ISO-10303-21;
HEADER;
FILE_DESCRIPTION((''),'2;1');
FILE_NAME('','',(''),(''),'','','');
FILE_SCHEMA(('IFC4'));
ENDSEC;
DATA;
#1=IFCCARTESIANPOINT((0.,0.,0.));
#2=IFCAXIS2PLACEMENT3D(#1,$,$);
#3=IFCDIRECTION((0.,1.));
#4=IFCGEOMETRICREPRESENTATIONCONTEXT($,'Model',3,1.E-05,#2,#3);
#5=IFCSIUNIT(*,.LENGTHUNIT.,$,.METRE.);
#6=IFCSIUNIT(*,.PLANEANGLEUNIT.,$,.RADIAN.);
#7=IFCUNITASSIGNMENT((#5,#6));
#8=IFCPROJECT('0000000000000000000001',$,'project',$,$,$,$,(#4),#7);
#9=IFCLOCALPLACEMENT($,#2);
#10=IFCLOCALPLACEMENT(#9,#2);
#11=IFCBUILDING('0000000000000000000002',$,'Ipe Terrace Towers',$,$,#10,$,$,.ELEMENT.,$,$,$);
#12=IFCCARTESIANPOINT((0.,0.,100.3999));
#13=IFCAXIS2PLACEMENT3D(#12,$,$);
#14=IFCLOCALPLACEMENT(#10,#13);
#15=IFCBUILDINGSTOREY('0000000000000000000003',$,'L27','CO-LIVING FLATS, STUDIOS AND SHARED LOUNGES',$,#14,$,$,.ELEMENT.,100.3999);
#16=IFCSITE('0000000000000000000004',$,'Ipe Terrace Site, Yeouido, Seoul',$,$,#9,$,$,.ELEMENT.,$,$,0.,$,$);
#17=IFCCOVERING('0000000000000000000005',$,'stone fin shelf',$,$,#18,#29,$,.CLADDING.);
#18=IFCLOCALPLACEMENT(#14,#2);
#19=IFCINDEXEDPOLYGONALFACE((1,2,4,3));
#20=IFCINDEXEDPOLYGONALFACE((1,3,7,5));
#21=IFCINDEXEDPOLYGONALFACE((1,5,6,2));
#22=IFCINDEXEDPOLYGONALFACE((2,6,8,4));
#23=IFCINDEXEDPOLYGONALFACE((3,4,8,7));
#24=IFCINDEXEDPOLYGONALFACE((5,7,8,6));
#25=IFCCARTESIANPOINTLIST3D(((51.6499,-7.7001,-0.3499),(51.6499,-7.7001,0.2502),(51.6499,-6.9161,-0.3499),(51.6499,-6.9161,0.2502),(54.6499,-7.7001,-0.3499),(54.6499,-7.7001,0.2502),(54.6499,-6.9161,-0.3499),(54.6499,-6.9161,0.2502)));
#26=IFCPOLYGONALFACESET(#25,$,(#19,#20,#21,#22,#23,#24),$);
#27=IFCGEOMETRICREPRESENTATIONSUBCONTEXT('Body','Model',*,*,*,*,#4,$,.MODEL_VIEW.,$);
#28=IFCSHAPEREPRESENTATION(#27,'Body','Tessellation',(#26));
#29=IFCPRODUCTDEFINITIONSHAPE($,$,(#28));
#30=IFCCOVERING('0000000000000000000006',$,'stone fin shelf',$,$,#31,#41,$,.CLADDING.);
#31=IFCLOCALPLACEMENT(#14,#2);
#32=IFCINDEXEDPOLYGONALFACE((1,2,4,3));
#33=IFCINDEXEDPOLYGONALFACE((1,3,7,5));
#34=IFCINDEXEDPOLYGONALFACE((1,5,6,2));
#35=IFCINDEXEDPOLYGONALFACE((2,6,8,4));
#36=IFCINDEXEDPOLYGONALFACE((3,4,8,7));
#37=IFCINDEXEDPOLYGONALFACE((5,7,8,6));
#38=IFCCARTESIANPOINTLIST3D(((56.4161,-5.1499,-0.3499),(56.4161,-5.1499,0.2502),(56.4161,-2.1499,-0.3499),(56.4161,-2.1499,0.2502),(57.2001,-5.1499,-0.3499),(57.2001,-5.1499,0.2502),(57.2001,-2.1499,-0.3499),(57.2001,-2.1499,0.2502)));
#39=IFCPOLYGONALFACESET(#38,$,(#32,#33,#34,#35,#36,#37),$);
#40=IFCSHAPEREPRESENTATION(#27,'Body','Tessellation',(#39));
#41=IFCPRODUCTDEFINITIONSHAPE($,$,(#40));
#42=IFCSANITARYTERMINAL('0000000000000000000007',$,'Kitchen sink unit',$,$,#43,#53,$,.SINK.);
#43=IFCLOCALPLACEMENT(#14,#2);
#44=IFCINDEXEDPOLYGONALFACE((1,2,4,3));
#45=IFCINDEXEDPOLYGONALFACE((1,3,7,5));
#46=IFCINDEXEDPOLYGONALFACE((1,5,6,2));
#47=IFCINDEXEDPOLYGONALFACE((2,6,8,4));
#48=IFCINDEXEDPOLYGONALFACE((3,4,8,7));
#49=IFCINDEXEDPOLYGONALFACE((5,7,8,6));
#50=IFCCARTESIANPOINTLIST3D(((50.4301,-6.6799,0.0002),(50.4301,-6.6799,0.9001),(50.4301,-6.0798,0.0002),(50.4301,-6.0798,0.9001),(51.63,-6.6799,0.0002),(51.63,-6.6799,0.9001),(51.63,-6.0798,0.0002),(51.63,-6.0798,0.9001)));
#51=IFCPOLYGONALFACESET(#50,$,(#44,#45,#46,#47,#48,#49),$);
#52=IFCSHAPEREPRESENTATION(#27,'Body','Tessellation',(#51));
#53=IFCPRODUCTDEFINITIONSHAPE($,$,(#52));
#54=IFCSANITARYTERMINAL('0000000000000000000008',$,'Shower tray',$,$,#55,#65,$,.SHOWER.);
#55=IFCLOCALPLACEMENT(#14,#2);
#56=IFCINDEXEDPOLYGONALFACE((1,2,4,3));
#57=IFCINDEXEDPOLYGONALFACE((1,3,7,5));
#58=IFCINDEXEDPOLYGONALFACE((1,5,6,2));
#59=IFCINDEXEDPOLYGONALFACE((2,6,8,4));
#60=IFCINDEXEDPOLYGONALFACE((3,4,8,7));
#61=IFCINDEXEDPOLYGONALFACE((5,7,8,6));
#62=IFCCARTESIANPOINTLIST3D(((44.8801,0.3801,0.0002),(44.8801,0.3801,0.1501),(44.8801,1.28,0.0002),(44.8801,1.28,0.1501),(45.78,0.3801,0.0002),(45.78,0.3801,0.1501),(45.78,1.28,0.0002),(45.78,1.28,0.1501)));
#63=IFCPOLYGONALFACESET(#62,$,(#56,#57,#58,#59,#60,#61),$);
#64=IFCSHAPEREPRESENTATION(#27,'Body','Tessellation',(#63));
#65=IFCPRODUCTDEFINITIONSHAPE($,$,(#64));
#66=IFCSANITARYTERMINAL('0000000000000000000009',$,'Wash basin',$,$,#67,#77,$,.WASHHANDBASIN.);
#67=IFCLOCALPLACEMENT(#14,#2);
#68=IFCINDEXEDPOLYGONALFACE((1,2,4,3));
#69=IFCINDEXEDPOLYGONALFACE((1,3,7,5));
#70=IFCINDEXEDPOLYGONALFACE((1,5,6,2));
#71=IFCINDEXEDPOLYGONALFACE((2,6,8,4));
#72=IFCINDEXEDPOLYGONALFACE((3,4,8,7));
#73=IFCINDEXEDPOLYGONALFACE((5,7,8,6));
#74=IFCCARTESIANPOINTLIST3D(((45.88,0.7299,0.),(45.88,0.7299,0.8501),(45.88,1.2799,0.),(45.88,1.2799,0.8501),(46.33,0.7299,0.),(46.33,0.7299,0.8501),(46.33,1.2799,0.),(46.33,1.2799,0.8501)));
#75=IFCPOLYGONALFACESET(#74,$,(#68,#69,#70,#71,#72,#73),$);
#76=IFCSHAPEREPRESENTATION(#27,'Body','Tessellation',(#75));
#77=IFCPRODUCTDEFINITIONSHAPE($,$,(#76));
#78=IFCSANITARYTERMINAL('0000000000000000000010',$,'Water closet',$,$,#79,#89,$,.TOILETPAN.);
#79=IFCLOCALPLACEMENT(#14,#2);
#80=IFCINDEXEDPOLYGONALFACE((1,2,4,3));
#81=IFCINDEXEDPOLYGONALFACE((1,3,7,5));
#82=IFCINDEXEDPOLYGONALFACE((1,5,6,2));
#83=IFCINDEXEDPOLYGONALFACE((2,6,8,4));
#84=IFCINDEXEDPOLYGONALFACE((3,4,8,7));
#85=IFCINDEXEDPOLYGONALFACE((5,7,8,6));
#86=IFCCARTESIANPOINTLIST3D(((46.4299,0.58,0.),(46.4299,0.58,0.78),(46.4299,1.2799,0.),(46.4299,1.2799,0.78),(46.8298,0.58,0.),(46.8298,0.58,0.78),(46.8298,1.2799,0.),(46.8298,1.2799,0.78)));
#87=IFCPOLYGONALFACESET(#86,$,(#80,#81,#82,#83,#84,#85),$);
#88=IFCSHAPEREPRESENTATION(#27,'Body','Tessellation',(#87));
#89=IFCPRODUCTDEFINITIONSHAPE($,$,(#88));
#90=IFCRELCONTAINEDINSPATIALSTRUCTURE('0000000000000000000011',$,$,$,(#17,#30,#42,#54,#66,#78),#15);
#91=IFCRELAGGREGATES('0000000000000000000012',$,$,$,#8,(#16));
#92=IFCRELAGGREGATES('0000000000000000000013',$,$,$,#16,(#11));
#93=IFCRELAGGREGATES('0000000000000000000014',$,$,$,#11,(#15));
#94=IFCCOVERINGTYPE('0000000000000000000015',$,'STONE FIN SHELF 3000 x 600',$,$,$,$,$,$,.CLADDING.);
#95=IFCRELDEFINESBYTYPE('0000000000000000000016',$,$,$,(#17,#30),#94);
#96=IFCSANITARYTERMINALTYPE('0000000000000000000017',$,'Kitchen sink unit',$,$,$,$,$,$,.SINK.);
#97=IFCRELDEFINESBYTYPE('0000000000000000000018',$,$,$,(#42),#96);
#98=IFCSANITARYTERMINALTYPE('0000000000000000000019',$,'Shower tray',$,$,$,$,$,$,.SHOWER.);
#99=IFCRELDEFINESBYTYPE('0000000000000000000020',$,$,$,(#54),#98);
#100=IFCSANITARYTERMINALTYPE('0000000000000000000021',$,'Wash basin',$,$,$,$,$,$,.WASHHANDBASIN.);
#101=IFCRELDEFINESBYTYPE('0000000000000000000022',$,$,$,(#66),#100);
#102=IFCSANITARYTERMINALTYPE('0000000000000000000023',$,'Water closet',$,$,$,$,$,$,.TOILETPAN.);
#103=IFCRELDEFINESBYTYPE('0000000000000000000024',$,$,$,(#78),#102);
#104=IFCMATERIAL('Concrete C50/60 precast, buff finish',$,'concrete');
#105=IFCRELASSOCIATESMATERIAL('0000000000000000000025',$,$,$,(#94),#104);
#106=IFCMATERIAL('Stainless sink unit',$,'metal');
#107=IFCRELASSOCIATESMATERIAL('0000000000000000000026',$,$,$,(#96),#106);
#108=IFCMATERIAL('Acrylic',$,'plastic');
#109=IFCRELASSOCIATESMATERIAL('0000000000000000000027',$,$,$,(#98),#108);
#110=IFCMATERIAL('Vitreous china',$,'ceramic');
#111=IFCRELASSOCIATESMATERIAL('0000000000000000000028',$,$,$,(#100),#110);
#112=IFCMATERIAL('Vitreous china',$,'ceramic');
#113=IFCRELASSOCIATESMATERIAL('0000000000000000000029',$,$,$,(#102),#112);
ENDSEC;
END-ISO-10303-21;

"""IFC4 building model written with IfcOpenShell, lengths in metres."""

from ifc_helpers import new_model, si_unit, direction, frame, origin, origin_2d, place, context, subcontext, project, spatial, rectangle, extrude, material, type_object, element, save


model = new_model("IFC4")

# Units and contexts
model_context = context("Model", 3, precision=1e-05, world=origin(), true_north=direction((0.0, 1.0)))
body_context = subcontext(model_context, "Body", "Model", "MODEL_VIEW")
ifc_project = project(units=[si_unit("LENGTHUNIT", "METRE"), si_unit("PLANEANGLEUNIT", "RADIAN")], contexts=[model_context])

# Site, building, storey
site_placement = place(None, origin())
site = spatial("IfcSite", under=ifc_project, at=site_placement, Name="Ipe Terrace Site, Yeouido, Seoul", CompositionType="ELEMENT", RefElevation=0.0)
building_placement = place(site_placement, origin())
building = spatial("IfcBuilding", under=site, at=building_placement, Name="Ipe Terrace Towers", CompositionType="ELEMENT")
storey_placement = place(building_placement, frame((0.0, 0.0, 100.3999)))
storey = spatial("IfcBuildingStorey", under=building, at=storey_placement, Name="L27", Description="CO-LIVING FLATS, STUDIOS AND SHARED LOUNGES", CompositionType="ELEMENT", Elevation=100.3999)

# Coverings
ifc_material_1 = material(Name="Concrete C50/60 precast, buff finish", Category="concrete")
covering_type_1 = type_object("IfcCoveringType", Name="STONE FIN SHELF 3000 x 600", PredefinedType="CLADDING", material=ifc_material_1)
for number, where, z_axis, x_axis, name in (
    (1, (53.1499, -7.3081, -0.3499), (0.0, 0.0, 1.0), (1.0, 0.0, 0.0), "stone fin shelf"),
    (2, (56.8081, -3.6499, -0.3499), (0.0, 0.0, 1.0), (0.0, 1.0, 0.0), "stone fin shelf"),
):
    element("IfcCovering", number, at=place(storey_placement, frame(where, z_axis=z_axis, x_axis=x_axis)), inside=storey, type_object=covering_type_1, Name=name, PredefinedType="CLADDING", context=body_context, shape_type="SweptSolid", body=[
        extrude(rectangle(XDim=3.0, YDim=0.7839, at=origin_2d()), origin(), (0.0, 0.0, 1.0), 0.6001),
    ])

# Sanitary terminals
ifc_material_2 = material(Name="Stainless sink unit", Category="metal")
sanitary_terminal_type_1 = type_object("IfcSanitaryTerminalType", Name="Kitchen sink unit", PredefinedType="SINK", material=ifc_material_2)
sanitary_terminal_1_placement = place(storey_placement, frame((51.03, -6.3799, 0.0002), z_axis=(0.0, 0.0, 1.0), x_axis=(-1.0, 0.0, 0.0)))
element("IfcSanitaryTerminal", 3, at=sanitary_terminal_1_placement, inside=storey, type_object=sanitary_terminal_type_1, Name="Kitchen sink unit", PredefinedType="SINK", context=body_context, shape_type="SweptSolid", body=[
    extrude(rectangle(XDim=1.2, YDim=0.6001, at=origin_2d()), origin(), (0.0, 0.0, 1.0), 0.8999),
])
ifc_material_3 = material(Name="Acrylic", Category="plastic")
sanitary_terminal_type_2 = type_object("IfcSanitaryTerminalType", Name="Shower tray", PredefinedType="SHOWER", material=ifc_material_3)
sanitary_terminal_2_placement = place(storey_placement, frame((45.3301, 0.8301, 0.0002), z_axis=(0.0, 0.0, 1.0), x_axis=(0.0, -1.0, 0.0)))
element("IfcSanitaryTerminal", 4, at=sanitary_terminal_2_placement, inside=storey, type_object=sanitary_terminal_type_2, Name="Shower tray", PredefinedType="SHOWER", context=body_context, shape_type="SweptSolid", body=[
    extrude(rectangle(XDim=0.8999, YDim=0.8999, at=origin_2d()), origin(), (0.0, 0.0, 1.0), 0.1499),
])
ifc_material_4 = material(Name="Vitreous china", Category="ceramic")
sanitary_terminal_type_3 = type_object("IfcSanitaryTerminalType", Name="Wash basin", PredefinedType="WASHHANDBASIN", material=ifc_material_4)
sanitary_terminal_3_placement = place(storey_placement, frame((46.105, 1.0049, 0.0), z_axis=(0.0, 0.0, 1.0), x_axis=(0.0, -1.0, 0.0)))
element("IfcSanitaryTerminal", 5, at=sanitary_terminal_3_placement, inside=storey, type_object=sanitary_terminal_type_3, Name="Wash basin", PredefinedType="WASHHANDBASIN", context=body_context, shape_type="SweptSolid", body=[
    extrude(rectangle(XDim=0.55, YDim=0.45, at=origin_2d()), origin(), (0.0, 0.0, 1.0), 0.8501),
])
ifc_material_5 = material(Name="Vitreous china", Category="ceramic")
sanitary_terminal_type_4 = type_object("IfcSanitaryTerminalType", Name="Water closet", PredefinedType="TOILETPAN", material=ifc_material_5)
sanitary_terminal_4_placement = place(storey_placement, frame((46.6299, 0.9299, 0.0), z_axis=(0.0, 0.0, 1.0), x_axis=(0.0, -1.0, 0.0)))
element("IfcSanitaryTerminal", 6, at=sanitary_terminal_4_placement, inside=storey, type_object=sanitary_terminal_type_4, Name="Water closet", PredefinedType="TOILETPAN", context=body_context, shape_type="SweptSolid", body=[
    extrude(rectangle(XDim=0.7, YDim=0.3999, at=origin_2d()), origin(), (0.0, 0.0, 1.0), 0.78),
])

save(model, "model.ifc")
